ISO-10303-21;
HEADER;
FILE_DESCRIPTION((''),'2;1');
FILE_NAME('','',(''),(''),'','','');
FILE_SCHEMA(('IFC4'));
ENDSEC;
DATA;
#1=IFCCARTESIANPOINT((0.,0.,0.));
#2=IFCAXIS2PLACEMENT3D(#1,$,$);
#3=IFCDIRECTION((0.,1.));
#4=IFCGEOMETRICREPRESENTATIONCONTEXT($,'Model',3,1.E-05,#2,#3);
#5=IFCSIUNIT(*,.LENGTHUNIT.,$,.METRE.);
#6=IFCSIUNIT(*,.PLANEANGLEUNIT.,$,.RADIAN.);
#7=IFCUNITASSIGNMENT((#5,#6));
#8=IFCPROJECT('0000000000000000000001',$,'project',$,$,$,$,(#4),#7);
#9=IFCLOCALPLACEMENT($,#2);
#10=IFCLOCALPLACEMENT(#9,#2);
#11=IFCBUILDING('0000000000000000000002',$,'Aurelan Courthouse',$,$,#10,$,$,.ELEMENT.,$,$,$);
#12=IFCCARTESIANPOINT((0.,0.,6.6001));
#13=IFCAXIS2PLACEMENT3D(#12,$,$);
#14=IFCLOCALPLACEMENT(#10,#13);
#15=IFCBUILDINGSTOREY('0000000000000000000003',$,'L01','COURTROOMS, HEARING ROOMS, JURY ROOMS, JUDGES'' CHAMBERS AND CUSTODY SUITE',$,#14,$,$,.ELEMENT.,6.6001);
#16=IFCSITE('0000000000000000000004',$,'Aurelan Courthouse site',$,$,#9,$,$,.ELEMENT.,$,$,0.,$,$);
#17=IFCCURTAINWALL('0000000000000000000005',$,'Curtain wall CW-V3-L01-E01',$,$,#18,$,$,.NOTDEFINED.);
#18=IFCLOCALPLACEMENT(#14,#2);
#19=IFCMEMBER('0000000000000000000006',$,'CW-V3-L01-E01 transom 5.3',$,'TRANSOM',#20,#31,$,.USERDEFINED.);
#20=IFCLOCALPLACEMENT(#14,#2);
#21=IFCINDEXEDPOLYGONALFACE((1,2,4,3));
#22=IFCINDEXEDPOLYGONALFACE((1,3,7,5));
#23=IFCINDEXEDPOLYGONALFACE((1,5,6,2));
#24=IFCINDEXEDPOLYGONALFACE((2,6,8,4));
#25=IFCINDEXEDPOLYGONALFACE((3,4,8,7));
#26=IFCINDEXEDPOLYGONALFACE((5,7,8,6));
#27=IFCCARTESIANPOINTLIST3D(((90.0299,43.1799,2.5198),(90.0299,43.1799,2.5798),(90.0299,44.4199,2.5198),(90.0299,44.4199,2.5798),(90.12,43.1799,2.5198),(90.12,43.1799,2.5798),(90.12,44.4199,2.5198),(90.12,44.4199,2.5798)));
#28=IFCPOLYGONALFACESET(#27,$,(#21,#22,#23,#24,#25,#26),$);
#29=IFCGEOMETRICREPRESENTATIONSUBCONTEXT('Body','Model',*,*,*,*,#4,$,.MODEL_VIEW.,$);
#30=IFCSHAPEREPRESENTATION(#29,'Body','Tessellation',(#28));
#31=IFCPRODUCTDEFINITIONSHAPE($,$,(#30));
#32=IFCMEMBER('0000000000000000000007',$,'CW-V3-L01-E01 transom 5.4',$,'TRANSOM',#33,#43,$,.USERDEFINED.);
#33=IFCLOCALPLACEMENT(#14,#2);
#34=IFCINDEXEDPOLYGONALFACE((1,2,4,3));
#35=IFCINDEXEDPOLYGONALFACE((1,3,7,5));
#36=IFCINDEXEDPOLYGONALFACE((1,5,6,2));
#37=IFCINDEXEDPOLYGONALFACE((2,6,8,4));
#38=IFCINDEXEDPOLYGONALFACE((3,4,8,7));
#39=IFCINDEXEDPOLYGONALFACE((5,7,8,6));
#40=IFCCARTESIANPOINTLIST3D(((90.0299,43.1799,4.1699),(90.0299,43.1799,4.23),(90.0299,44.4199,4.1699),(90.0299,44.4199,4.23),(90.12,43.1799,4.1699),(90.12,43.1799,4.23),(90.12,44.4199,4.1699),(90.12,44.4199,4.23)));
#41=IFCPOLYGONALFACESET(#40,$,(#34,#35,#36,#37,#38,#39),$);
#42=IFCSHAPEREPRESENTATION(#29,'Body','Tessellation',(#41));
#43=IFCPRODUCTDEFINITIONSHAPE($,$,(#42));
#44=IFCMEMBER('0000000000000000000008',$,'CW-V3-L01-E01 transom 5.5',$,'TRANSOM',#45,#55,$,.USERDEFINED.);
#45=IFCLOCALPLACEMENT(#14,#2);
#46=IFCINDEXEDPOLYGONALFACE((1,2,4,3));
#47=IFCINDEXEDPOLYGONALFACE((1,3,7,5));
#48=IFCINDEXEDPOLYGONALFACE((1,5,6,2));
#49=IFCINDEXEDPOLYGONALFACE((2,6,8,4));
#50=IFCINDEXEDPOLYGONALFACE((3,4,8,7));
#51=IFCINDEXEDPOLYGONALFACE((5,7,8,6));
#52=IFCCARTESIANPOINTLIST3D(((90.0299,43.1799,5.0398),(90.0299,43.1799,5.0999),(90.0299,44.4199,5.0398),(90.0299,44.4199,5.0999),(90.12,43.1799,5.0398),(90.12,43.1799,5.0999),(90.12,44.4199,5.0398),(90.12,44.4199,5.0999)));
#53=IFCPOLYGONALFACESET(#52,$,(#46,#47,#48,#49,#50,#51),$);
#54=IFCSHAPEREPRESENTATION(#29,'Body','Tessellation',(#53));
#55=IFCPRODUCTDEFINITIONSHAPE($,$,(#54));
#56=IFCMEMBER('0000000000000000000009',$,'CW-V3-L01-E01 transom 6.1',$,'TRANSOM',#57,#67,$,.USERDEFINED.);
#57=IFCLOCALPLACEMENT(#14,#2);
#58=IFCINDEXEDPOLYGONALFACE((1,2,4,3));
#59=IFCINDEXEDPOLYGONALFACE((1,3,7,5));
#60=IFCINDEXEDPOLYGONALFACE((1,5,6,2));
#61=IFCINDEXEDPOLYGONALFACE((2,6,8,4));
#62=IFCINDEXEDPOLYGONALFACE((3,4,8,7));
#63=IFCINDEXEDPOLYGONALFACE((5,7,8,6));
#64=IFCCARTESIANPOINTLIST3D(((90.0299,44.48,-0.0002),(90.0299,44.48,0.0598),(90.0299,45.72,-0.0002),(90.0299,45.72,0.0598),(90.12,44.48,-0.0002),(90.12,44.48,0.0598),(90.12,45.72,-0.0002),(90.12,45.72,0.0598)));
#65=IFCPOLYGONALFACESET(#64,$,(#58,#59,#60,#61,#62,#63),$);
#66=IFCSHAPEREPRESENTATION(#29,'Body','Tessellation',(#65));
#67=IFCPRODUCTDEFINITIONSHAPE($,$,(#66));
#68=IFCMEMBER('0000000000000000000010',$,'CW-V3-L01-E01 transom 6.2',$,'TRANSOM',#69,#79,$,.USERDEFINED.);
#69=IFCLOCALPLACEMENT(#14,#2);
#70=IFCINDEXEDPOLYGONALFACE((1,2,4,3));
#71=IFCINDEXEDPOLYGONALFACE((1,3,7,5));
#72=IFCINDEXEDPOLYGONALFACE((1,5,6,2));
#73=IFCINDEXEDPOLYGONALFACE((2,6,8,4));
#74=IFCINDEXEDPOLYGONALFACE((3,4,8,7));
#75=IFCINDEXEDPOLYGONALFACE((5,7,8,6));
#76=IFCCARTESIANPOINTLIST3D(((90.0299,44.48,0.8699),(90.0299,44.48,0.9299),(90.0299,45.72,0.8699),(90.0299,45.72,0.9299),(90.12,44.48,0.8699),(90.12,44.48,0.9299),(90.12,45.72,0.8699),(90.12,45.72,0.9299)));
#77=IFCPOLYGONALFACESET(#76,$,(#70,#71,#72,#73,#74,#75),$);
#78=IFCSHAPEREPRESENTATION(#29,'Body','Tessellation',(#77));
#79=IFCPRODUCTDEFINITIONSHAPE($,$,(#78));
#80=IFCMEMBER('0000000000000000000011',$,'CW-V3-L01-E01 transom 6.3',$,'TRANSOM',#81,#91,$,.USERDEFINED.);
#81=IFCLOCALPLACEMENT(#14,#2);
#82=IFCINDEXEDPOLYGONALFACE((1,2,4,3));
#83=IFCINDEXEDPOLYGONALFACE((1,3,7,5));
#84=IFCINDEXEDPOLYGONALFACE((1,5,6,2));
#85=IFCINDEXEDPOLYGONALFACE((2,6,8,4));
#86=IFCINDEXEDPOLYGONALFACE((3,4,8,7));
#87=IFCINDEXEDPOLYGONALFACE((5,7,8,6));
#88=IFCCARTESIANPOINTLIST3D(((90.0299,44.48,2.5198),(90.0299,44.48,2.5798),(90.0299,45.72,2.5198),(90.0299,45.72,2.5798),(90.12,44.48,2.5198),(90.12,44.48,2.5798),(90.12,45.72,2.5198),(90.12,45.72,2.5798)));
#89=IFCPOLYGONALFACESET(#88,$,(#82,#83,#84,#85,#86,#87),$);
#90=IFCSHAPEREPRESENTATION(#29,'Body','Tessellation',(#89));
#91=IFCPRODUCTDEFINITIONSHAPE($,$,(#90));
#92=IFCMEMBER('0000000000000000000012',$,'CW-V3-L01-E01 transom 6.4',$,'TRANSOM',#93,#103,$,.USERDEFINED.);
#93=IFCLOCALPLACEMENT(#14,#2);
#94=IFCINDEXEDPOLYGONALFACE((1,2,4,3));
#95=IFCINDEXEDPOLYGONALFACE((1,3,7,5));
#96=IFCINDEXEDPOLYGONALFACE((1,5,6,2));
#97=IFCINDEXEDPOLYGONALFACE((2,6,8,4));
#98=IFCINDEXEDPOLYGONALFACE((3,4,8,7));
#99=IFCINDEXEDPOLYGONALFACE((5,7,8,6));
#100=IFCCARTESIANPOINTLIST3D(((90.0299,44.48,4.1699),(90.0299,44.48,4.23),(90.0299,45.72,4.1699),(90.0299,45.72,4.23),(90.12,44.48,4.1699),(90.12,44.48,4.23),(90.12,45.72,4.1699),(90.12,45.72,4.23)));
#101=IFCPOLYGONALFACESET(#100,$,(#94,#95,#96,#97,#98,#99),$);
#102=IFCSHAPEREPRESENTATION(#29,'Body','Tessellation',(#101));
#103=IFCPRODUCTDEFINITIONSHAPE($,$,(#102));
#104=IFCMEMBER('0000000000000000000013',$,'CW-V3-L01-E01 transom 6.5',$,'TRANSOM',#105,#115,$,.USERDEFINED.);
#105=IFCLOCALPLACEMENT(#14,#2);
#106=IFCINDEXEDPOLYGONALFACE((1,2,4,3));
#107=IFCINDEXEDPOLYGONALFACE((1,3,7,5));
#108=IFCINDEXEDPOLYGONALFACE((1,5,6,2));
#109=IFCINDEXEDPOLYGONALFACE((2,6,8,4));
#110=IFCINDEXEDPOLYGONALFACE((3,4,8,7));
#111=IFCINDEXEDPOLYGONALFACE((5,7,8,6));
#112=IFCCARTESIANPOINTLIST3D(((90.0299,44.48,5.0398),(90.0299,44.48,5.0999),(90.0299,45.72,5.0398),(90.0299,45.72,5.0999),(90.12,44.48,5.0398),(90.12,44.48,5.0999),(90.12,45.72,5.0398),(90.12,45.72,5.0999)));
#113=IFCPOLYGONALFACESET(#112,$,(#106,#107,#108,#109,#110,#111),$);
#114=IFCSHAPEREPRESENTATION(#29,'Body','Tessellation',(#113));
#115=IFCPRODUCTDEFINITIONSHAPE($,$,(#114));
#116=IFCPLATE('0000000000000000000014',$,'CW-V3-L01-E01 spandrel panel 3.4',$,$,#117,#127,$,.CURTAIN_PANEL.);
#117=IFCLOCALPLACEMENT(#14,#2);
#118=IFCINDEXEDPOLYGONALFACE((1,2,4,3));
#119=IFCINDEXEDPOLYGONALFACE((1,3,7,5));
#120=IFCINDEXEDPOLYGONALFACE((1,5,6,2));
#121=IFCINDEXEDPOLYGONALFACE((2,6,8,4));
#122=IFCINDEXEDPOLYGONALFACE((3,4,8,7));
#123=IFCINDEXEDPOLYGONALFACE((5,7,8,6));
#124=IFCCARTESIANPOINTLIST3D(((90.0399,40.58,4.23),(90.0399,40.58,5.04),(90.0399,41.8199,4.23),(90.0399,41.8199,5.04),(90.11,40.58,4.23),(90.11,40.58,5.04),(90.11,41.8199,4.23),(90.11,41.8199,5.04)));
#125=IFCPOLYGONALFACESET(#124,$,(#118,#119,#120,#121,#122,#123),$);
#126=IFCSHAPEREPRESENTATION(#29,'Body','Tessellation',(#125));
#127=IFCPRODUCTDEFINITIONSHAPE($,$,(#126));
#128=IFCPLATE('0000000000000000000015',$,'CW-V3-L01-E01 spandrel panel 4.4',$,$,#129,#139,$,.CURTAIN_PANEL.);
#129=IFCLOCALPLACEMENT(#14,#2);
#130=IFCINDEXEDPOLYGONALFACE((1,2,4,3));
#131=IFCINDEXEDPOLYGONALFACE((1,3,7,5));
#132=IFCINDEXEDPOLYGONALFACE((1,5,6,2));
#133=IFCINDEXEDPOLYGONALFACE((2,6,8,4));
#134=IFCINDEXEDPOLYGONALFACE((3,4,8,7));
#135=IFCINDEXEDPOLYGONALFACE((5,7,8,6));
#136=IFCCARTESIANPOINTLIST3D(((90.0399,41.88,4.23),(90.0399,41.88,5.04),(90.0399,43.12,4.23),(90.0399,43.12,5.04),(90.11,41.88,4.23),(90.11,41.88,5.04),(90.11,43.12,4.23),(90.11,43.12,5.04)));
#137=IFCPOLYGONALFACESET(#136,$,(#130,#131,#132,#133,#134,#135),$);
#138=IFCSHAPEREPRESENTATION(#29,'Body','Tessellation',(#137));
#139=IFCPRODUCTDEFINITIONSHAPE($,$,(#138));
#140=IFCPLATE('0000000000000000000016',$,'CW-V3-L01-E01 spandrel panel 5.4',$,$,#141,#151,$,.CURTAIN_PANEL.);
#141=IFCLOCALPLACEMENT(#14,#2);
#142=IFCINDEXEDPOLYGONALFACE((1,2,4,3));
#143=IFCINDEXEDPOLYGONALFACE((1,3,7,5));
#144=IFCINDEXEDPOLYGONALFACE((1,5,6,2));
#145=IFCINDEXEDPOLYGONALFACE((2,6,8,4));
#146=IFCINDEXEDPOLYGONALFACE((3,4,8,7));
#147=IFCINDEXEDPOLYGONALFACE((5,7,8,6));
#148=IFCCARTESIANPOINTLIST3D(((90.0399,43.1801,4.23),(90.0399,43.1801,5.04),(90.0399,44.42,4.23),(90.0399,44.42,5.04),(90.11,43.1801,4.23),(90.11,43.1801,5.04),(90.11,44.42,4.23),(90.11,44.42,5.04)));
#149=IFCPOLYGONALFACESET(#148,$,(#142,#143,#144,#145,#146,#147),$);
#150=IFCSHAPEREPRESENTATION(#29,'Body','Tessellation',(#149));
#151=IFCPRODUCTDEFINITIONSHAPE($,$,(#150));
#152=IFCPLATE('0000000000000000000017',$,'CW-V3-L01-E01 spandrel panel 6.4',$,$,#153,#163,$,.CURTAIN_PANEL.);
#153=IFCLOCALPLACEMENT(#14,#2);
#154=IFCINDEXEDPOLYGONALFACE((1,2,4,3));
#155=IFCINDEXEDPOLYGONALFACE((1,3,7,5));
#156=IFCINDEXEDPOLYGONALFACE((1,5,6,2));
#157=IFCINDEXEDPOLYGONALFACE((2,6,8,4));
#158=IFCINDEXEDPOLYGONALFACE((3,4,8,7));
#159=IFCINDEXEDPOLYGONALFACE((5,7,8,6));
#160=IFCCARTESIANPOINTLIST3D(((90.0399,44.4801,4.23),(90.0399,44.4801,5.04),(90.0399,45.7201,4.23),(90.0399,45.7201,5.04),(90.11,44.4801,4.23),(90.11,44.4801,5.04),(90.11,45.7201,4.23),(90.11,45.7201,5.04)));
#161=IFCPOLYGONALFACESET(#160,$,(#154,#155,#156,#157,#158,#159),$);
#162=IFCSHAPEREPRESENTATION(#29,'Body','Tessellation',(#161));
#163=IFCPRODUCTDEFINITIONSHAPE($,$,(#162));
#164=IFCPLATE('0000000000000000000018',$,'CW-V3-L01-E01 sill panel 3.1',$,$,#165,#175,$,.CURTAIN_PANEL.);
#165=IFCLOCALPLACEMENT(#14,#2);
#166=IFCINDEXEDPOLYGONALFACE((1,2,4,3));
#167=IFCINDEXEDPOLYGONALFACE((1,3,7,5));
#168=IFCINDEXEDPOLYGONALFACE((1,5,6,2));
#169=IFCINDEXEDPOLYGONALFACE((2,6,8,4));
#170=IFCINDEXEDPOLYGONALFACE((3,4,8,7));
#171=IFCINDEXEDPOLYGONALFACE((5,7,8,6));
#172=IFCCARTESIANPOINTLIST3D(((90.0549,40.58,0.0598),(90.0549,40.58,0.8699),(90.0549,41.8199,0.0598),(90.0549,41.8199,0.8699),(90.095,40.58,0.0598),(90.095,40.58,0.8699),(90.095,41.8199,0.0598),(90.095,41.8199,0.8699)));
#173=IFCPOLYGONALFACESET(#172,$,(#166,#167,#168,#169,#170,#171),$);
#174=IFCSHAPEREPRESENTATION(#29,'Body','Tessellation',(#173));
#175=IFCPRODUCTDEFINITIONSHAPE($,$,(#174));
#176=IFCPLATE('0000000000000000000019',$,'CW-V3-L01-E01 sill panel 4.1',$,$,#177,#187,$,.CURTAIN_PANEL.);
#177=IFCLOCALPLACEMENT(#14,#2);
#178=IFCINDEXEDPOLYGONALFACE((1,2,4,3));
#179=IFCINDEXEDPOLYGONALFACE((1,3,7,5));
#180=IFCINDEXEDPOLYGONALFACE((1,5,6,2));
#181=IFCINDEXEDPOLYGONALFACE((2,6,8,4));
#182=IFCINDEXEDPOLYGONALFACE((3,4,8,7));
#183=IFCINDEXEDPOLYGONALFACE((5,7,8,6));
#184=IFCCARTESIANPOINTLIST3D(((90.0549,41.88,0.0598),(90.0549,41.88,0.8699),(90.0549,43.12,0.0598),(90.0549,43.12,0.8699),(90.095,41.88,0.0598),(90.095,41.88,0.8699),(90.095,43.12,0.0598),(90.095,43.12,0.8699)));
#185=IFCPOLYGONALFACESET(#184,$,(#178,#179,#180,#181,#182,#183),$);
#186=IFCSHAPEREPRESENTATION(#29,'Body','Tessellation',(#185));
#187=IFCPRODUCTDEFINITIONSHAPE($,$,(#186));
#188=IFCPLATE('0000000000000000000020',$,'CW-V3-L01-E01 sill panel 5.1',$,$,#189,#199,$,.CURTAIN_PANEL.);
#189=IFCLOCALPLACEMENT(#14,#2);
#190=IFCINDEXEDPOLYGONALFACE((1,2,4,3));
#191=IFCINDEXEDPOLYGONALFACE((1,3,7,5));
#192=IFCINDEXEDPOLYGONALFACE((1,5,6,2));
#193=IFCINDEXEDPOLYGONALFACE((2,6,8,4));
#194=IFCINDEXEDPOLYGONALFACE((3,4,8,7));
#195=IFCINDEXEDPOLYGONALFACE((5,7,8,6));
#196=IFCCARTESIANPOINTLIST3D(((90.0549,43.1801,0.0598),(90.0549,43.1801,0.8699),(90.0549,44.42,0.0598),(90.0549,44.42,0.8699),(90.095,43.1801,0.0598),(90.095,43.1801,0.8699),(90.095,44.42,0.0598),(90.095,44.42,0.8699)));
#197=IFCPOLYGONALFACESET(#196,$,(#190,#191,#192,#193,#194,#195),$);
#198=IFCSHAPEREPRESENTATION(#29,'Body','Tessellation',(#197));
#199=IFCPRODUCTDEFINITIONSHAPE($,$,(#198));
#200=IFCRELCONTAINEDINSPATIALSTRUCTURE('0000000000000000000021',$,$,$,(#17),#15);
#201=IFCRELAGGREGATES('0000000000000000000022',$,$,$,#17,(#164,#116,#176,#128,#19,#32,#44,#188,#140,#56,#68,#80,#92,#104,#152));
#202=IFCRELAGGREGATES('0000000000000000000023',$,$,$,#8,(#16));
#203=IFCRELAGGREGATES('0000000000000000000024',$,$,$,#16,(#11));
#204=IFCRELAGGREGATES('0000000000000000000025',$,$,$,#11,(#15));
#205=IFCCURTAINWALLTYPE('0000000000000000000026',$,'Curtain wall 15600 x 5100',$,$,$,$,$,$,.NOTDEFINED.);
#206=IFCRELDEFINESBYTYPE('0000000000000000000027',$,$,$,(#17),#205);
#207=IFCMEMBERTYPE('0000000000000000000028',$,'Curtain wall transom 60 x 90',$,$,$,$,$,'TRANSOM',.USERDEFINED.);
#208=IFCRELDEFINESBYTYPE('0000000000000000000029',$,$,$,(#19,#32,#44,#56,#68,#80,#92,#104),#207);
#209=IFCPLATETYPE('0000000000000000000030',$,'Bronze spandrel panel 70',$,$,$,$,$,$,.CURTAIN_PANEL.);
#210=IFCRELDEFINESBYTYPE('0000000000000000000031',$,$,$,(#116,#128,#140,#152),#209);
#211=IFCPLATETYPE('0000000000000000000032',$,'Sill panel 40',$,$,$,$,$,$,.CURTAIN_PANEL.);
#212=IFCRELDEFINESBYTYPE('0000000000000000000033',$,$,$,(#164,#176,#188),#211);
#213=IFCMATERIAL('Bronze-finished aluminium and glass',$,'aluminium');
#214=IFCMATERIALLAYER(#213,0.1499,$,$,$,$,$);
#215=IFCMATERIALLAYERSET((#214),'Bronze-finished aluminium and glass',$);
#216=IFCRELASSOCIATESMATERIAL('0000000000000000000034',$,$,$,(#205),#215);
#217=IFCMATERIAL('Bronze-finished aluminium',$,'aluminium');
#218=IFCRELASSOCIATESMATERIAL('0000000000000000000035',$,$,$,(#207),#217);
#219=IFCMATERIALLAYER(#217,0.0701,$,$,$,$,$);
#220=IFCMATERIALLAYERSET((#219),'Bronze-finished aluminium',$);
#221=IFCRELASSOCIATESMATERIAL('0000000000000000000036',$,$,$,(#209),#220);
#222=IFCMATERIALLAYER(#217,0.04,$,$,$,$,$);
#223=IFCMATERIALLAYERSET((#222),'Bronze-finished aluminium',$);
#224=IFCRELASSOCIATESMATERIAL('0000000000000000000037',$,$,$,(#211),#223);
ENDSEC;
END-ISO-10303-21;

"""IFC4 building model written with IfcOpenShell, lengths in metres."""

from ifc_helpers import new_model, si_unit, direction, frame, origin, origin_2d, place, context, subcontext, project, spatial, rectangle, extrude, material, layer, layer_set, material_profile, profile_set, type_object, element, aggregate, save


model = new_model("IFC4")

# Units and contexts
model_context = context("Model", 3, precision=1e-05, world=origin(), true_north=direction((0.0, 1.0)))
body_context = subcontext(model_context, "Body", "Model", "MODEL_VIEW")
ifc_project = project(units=[si_unit("LENGTHUNIT", "METRE"), si_unit("PLANEANGLEUNIT", "RADIAN")], contexts=[model_context])

# Site, building, storey
site_placement = place(None, origin())
site = spatial("IfcSite", under=ifc_project, at=site_placement, Name="Aurelan Courthouse site", CompositionType="ELEMENT", RefElevation=0.0)
building_placement = place(site_placement, origin())
building = spatial("IfcBuilding", under=site, at=building_placement, Name="Aurelan Courthouse", CompositionType="ELEMENT")
storey_placement = place(building_placement, frame((0.0, 0.0, 6.6001)))
storey = spatial("IfcBuildingStorey", under=building, at=storey_placement, Name="L01", Description="COURTROOMS, HEARING ROOMS, JURY ROOMS, JUDGES' CHAMBERS AND CUSTODY SUITE", CompositionType="ELEMENT", Elevation=6.6001)

# Curtain wall, members, plates
ifc_material_1 = material(Name="Bronze-finished aluminium and glass", Category="aluminium")
ifc_layer_1 = layer(ifc_material_1, 0.1499)
ifc_layer_set_1 = layer_set([ifc_layer_1], Name="Bronze-finished aluminium and glass")
curtain_wall_type = type_object("IfcCurtainWallType", Name="Curtain wall 15600 x 5100", PredefinedType="NOTDEFINED", material=ifc_layer_set_1)
curtain_wall_placement = place(storey_placement, origin())
curtain_wall = element("IfcCurtainWall", 1, at=curtain_wall_placement, inside=storey, type_object=curtain_wall_type, Name="Curtain wall CW-V3-L01-E01", PredefinedType="NOTDEFINED")
ifc_material_2 = material(Name="Bronze-finished aluminium", Category="aluminium")
ifc_material_profile_1 = material_profile(ifc_material_2, rectangle(XDim=0.0901, YDim=0.0601, at=origin_2d()), Name="Bronze transom 60 x 90")
ifc_profile_set_1 = profile_set([ifc_material_profile_1], Name="Bronze-finished aluminium")
member_type_1 = type_object("IfcMemberType", Name="Curtain wall transom 60 x 90", ElementType="TRANSOM", PredefinedType="USERDEFINED", material=ifc_profile_set_1)
member_1_placement = place(storey_placement, frame((90.075, 43.1799, 2.5498), z_axis=(0.0, 1.0, 0.0), x_axis=(-1.0, 0.0, 0.0)))
member_1 = element("IfcMember", 2, at=member_1_placement, type_object=member_type_1, Name="CW-V3-L01-E01 transom 5.3", ObjectType="TRANSOM", PredefinedType="USERDEFINED", context=body_context, shape_type="SweptSolid", body=[
    extrude(rectangle(XDim=0.0901, YDim=0.0601, at=origin_2d()), origin(), (0.0, 0.0, 1.0), 1.24),
])
member_2_placement = place(storey_placement, frame((90.075, 43.1799, 4.2), z_axis=(0.0, 1.0, 0.0), x_axis=(-1.0, 0.0, 0.0)))
member_2 = element("IfcMember", 3, at=member_2_placement, type_object=member_type_1, Name="CW-V3-L01-E01 transom 5.4", ObjectType="TRANSOM", PredefinedType="USERDEFINED", context=body_context, shape_type="SweptSolid", body=[
    extrude(rectangle(XDim=0.0901, YDim=0.0601, at=origin_2d()), origin(), (0.0, 0.0, 1.0), 1.24),
])
member_3_placement = place(storey_placement, frame((90.075, 43.1799, 5.0698), z_axis=(0.0, 1.0, 0.0), x_axis=(-1.0, 0.0, 0.0)))
member_3 = element("IfcMember", 4, at=member_3_placement, type_object=member_type_1, Name="CW-V3-L01-E01 transom 5.5", ObjectType="TRANSOM", PredefinedType="USERDEFINED", context=body_context, shape_type="SweptSolid", body=[
    extrude(rectangle(XDim=0.0901, YDim=0.0601, at=origin_2d()), origin(), (0.0, 0.0, 1.0), 1.24),
])
member_4_placement = place(storey_placement, frame((90.075, 44.48, 0.0298), z_axis=(0.0, 1.0, 0.0), x_axis=(-1.0, 0.0, 0.0)))
member_4 = element("IfcMember", 5, at=member_4_placement, type_object=member_type_1, Name="CW-V3-L01-E01 transom 6.1", ObjectType="TRANSOM", PredefinedType="USERDEFINED", context=body_context, shape_type="SweptSolid", body=[
    extrude(rectangle(XDim=0.0901, YDim=0.0601, at=origin_2d()), origin(), (0.0, 0.0, 1.0), 1.24),
])
member_5_placement = place(storey_placement, frame((90.075, 44.48, 0.8999), z_axis=(0.0, 1.0, 0.0), x_axis=(-1.0, 0.0, 0.0)))
member_5 = element("IfcMember", 6, at=member_5_placement, type_object=member_type_1, Name="CW-V3-L01-E01 transom 6.2", ObjectType="TRANSOM", PredefinedType="USERDEFINED", context=body_context, shape_type="SweptSolid", body=[
    extrude(rectangle(XDim=0.0901, YDim=0.0601, at=origin_2d()), origin(), (0.0, 0.0, 1.0), 1.24),
])
member_6_placement = place(storey_placement, frame((90.075, 44.48, 2.5498), z_axis=(0.0, 1.0, 0.0), x_axis=(-1.0, 0.0, 0.0)))
member_6 = element("IfcMember", 7, at=member_6_placement, type_object=member_type_1, Name="CW-V3-L01-E01 transom 6.3", ObjectType="TRANSOM", PredefinedType="USERDEFINED", context=body_context, shape_type="SweptSolid", body=[
    extrude(rectangle(XDim=0.0901, YDim=0.0601, at=origin_2d()), origin(), (0.0, 0.0, 1.0), 1.24),
])
member_7_placement = place(storey_placement, frame((90.075, 44.48, 4.2), z_axis=(0.0, 1.0, 0.0), x_axis=(-1.0, 0.0, 0.0)))
member_7 = element("IfcMember", 8, at=member_7_placement, type_object=member_type_1, Name="CW-V3-L01-E01 transom 6.4", ObjectType="TRANSOM", PredefinedType="USERDEFINED", context=body_context, shape_type="SweptSolid", body=[
    extrude(rectangle(XDim=0.0901, YDim=0.0601, at=origin_2d()), origin(), (0.0, 0.0, 1.0), 1.24),
])
member_8_placement = place(storey_placement, frame((90.075, 44.48, 5.0698), z_axis=(0.0, 1.0, 0.0), x_axis=(-1.0, 0.0, 0.0)))
member_8 = element("IfcMember", 9, at=member_8_placement, type_object=member_type_1, Name="CW-V3-L01-E01 transom 6.5", ObjectType="TRANSOM", PredefinedType="USERDEFINED", context=body_context, shape_type="SweptSolid", body=[
    extrude(rectangle(XDim=0.0901, YDim=0.0601, at=origin_2d()), origin(), (0.0, 0.0, 1.0), 1.24),
])
ifc_layer_2 = layer(ifc_material_2, 0.0701)
ifc_layer_set_2 = layer_set([ifc_layer_2], Name="Bronze-finished aluminium")
plate_type_1 = type_object("IfcPlateType", Name="Bronze spandrel panel 70", PredefinedType="CURTAIN_PANEL", material=ifc_layer_set_2)
plate_1_placement = place(storey_placement, frame((90.075, 41.2, 4.23), z_axis=(0.0, 0.0, 1.0), x_axis=(0.0, 1.0, 0.0)))
plate_1 = element("IfcPlate", 10, at=plate_1_placement, type_object=plate_type_1, Name="CW-V3-L01-E01 spandrel panel 3.4", PredefinedType="CURTAIN_PANEL", context=body_context, shape_type="SweptSolid", body=[
    extrude(rectangle(XDim=1.24, YDim=0.0701, at=origin_2d()), origin(), (0.0, 0.0, 1.0), 0.8101),
])
plate_2_placement = place(storey_placement, frame((90.075, 42.5, 4.23), z_axis=(0.0, 0.0, 1.0), x_axis=(0.0, 1.0, 0.0)))
plate_2 = element("IfcPlate", 11, at=plate_2_placement, type_object=plate_type_1, Name="CW-V3-L01-E01 spandrel panel 4.4", PredefinedType="CURTAIN_PANEL", context=body_context, shape_type="SweptSolid", body=[
    extrude(rectangle(XDim=1.24, YDim=0.0701, at=origin_2d()), origin(), (0.0, 0.0, 1.0), 0.8101),
])
plate_3_placement = place(storey_placement, frame((90.075, 43.8, 4.23), z_axis=(0.0, 0.0, 1.0), x_axis=(0.0, 1.0, 0.0)))
plate_3 = element("IfcPlate", 12, at=plate_3_placement, type_object=plate_type_1, Name="CW-V3-L01-E01 spandrel panel 5.4", PredefinedType="CURTAIN_PANEL", context=body_context, shape_type="SweptSolid", body=[
    extrude(rectangle(XDim=1.24, YDim=0.0701, at=origin_2d()), origin(), (0.0, 0.0, 1.0), 0.8101),
])
plate_4_placement = place(storey_placement, frame((90.075, 45.1001, 4.23), z_axis=(0.0, 0.0, 1.0), x_axis=(0.0, 1.0, 0.0)))
plate_4 = element("IfcPlate", 13, at=plate_4_placement, type_object=plate_type_1, Name="CW-V3-L01-E01 spandrel panel 6.4", PredefinedType="CURTAIN_PANEL", context=body_context, shape_type="SweptSolid", body=[
    extrude(rectangle(XDim=1.24, YDim=0.0701, at=origin_2d()), origin(), (0.0, 0.0, 1.0), 0.8101),
])
ifc_layer_3 = layer(ifc_material_2, 0.04)
ifc_layer_set_3 = layer_set([ifc_layer_3], Name="Bronze-finished aluminium")
plate_type_2 = type_object("IfcPlateType", Name="Sill panel 40", PredefinedType="CURTAIN_PANEL", material=ifc_layer_set_3)
plate_5_placement = place(storey_placement, frame((90.075, 41.2, 0.0598), z_axis=(0.0, 0.0, 1.0), x_axis=(0.0, 1.0, 0.0)))
plate_5 = element("IfcPlate", 14, at=plate_5_placement, type_object=plate_type_2, Name="CW-V3-L01-E01 sill panel 3.1", PredefinedType="CURTAIN_PANEL", context=body_context, shape_type="SweptSolid", body=[
    extrude(rectangle(XDim=1.24, YDim=0.04, at=origin_2d()), origin(), (0.0, 0.0, 1.0), 0.8101),
])
plate_6_placement = place(storey_placement, frame((90.075, 42.5, 0.0598), z_axis=(0.0, 0.0, 1.0), x_axis=(0.0, 1.0, 0.0)))
plate_6 = element("IfcPlate", 15, at=plate_6_placement, type_object=plate_type_2, Name="CW-V3-L01-E01 sill panel 4.1", PredefinedType="CURTAIN_PANEL", context=body_context, shape_type="SweptSolid", body=[
    extrude(rectangle(XDim=1.24, YDim=0.04, at=origin_2d()), origin(), (0.0, 0.0, 1.0), 0.8101),
])
plate_7_placement = place(storey_placement, frame((90.075, 43.8, 0.0598), z_axis=(0.0, 0.0, 1.0), x_axis=(0.0, 1.0, 0.0)))
plate_7 = element("IfcPlate", 16, at=plate_7_placement, type_object=plate_type_2, Name="CW-V3-L01-E01 sill panel 5.1", PredefinedType="CURTAIN_PANEL", context=body_context, shape_type="SweptSolid", body=[
    extrude(rectangle(XDim=1.24, YDim=0.04, at=origin_2d()), origin(), (0.0, 0.0, 1.0), 0.8101),
])
aggregate(curtain_wall, [plate_5, plate_1, plate_6, plate_2, member_1, member_2, member_3, plate_7, plate_3, member_4, member_5, member_6, member_7, member_8, plate_4])

save(model, "model.ifc")
